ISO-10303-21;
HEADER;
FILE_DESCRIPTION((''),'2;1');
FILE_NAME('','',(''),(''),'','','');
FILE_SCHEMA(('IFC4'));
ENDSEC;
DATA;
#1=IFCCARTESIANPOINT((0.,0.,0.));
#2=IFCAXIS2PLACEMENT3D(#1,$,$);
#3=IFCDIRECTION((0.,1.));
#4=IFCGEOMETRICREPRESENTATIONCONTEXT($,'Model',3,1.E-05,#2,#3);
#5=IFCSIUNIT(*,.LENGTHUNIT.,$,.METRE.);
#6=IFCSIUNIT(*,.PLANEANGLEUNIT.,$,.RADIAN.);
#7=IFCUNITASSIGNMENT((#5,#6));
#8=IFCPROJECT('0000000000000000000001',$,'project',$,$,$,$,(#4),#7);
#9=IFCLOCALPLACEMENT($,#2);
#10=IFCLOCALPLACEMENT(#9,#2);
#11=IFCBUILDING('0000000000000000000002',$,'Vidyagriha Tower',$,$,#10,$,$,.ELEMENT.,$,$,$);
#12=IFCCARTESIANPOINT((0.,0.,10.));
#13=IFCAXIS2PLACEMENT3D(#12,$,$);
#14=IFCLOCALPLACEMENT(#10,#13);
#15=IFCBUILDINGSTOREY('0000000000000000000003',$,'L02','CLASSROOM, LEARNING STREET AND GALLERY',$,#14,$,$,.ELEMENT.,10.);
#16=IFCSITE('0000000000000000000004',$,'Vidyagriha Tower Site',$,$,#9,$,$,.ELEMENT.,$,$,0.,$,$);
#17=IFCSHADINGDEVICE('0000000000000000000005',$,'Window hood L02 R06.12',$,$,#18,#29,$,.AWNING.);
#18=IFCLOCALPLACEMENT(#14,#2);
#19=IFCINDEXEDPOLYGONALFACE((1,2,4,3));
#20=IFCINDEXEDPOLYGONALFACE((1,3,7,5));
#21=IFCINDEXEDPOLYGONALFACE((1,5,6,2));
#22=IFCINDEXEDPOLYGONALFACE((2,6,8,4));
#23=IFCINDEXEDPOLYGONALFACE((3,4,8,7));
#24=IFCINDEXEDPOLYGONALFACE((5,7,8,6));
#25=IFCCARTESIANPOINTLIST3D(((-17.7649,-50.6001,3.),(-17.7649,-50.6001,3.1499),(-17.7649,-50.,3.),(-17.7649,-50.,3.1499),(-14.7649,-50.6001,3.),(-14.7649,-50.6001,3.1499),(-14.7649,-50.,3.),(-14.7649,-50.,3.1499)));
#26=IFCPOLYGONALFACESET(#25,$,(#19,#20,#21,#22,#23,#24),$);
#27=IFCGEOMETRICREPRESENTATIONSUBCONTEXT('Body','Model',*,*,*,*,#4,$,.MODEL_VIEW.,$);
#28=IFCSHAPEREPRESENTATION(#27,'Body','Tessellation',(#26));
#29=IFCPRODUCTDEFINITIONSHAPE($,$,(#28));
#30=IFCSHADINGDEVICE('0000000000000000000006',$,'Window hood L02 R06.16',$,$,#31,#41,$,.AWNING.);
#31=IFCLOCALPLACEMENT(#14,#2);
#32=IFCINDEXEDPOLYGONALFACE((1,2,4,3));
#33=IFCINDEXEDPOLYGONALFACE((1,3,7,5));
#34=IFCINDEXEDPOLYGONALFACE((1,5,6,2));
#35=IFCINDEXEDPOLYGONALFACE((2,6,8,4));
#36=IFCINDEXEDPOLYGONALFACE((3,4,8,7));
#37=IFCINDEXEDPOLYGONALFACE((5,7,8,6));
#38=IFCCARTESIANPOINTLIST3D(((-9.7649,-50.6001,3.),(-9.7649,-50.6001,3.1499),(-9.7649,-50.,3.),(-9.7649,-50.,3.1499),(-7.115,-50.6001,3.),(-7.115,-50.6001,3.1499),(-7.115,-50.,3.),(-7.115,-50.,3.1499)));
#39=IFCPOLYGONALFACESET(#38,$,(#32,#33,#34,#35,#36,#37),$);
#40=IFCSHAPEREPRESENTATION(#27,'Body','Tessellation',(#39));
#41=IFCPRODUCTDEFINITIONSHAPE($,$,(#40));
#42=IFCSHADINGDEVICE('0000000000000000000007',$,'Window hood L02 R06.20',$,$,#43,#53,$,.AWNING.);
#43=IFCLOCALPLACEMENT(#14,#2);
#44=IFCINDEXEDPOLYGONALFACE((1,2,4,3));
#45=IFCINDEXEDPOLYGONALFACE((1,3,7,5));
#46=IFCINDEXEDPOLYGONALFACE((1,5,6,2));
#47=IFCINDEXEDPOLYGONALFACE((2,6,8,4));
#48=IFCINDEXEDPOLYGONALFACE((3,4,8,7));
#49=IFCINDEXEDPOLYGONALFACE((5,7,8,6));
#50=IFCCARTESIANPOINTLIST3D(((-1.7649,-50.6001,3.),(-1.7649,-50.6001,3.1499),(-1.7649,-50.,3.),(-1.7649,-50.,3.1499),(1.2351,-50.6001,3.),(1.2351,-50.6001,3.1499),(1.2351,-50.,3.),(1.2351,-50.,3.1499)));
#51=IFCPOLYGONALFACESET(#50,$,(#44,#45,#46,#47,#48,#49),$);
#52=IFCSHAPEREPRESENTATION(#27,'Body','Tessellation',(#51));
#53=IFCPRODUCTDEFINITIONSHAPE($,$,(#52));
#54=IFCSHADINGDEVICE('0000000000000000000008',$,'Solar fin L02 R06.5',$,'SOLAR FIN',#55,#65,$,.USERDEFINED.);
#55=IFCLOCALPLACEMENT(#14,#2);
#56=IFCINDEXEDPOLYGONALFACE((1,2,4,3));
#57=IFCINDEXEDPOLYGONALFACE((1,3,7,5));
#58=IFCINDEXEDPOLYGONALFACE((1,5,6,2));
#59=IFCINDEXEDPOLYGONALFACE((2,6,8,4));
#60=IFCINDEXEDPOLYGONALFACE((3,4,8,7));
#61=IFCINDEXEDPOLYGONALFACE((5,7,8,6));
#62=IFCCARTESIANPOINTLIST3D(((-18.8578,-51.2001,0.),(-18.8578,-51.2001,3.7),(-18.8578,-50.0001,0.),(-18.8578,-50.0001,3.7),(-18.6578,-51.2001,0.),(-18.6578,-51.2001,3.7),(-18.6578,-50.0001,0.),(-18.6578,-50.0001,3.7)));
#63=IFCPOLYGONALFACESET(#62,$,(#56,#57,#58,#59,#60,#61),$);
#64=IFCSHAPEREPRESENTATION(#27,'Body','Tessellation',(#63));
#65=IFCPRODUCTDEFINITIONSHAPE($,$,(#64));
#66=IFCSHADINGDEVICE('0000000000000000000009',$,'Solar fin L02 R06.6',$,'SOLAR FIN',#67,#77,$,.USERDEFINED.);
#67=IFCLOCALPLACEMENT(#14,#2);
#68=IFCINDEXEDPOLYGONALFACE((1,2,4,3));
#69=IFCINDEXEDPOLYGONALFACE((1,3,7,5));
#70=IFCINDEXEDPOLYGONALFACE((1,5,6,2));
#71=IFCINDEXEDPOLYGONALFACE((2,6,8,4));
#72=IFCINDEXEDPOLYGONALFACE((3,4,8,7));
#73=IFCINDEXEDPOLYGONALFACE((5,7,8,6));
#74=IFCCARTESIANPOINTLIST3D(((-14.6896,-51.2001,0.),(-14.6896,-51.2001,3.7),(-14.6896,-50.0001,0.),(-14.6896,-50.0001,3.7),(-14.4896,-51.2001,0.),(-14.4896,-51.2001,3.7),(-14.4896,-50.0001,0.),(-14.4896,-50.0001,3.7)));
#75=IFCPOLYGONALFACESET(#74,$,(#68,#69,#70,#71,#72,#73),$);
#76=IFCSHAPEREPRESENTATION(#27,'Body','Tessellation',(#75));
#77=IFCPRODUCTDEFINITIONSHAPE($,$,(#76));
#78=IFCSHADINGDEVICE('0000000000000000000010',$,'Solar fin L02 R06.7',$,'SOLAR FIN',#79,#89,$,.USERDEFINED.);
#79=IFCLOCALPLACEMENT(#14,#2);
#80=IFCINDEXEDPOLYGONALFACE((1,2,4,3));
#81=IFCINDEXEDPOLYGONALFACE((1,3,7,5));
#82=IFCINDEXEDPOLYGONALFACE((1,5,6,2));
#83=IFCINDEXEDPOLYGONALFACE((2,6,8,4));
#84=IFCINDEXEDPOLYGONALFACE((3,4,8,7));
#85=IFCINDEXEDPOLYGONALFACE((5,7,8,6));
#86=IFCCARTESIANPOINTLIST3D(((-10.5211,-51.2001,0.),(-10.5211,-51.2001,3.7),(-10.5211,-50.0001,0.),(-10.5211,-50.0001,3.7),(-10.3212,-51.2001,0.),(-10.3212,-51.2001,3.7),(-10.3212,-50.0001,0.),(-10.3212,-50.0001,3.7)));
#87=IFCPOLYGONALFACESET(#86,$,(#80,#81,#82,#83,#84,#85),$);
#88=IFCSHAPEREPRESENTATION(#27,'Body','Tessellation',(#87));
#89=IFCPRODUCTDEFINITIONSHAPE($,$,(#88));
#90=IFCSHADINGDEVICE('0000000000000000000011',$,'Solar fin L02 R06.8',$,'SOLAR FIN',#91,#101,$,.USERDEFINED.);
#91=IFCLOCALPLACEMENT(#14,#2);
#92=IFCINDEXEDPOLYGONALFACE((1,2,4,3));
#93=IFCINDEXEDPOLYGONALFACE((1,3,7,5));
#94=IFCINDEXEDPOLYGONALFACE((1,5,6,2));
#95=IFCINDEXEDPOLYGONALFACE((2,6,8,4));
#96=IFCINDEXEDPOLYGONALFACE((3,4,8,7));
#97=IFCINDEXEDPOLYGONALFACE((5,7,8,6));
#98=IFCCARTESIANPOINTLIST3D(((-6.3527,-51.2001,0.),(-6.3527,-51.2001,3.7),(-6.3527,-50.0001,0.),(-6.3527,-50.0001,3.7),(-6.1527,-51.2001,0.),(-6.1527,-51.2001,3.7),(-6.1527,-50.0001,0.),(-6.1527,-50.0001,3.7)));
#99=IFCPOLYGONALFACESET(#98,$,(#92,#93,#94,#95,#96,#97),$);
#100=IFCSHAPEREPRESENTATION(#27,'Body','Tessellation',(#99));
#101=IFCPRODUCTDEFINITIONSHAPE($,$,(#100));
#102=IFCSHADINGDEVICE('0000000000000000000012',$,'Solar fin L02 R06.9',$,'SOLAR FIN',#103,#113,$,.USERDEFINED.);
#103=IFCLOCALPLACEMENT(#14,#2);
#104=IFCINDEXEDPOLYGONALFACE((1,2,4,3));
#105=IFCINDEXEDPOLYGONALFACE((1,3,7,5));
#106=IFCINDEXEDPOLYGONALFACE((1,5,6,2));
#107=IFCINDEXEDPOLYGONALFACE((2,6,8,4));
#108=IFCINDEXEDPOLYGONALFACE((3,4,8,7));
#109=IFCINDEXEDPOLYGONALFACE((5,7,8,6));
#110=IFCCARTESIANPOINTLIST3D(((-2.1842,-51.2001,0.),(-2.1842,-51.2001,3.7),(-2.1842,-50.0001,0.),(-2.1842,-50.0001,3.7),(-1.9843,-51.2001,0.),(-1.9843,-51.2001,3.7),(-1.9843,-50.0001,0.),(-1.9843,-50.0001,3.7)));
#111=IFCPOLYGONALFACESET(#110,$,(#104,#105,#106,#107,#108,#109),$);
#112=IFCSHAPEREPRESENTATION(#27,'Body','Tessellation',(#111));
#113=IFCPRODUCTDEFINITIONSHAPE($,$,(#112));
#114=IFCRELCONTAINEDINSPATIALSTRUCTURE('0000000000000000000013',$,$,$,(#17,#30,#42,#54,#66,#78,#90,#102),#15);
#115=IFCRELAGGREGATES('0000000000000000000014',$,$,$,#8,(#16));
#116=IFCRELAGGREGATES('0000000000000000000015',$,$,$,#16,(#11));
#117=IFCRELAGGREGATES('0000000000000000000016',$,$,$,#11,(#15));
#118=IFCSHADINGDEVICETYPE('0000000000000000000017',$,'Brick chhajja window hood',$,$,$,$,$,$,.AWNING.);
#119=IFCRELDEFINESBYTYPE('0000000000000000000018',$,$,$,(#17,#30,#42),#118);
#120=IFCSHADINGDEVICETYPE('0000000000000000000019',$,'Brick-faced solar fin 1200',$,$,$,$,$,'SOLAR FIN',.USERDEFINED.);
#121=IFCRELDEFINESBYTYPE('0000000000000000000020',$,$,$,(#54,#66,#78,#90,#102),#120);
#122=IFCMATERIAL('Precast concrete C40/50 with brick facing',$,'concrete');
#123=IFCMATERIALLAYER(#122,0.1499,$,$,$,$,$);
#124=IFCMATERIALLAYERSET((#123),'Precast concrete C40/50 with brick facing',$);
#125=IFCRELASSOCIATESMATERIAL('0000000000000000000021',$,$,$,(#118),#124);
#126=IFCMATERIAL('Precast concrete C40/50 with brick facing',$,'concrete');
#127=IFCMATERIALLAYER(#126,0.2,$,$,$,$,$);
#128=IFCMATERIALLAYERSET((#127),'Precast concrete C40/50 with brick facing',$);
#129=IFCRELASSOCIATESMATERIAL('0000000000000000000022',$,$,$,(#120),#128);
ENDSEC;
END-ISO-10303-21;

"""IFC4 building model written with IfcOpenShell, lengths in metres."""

from ifc_helpers import new_model, si_unit, direction, frame, frame_2d, origin, origin_2d, place, context, subcontext, project, spatial, rectangle, extrude, material, layer, layer_set, type_object, element, save


model = new_model("IFC4")

# Units and contexts
model_context = context("Model", 3, precision=1e-05, world=origin(), true_north=direction((0.0, 1.0)))
body_context = subcontext(model_context, "Body", "Model", "MODEL_VIEW")
ifc_project = project(units=[si_unit("LENGTHUNIT", "METRE"), si_unit("PLANEANGLEUNIT", "RADIAN")], contexts=[model_context])

# Site, building, storey
site_placement = place(None, origin())
site = spatial("IfcSite", under=ifc_project, at=site_placement, Name="Vidyagriha Tower Site", CompositionType="ELEMENT", RefElevation=0.0)
building_placement = place(site_placement, origin())
building = spatial("IfcBuilding", under=site, at=building_placement, Name="Vidyagriha Tower", CompositionType="ELEMENT")
storey_placement = place(building_placement, frame((0.0, 0.0, 10.0)))
storey = spatial("IfcBuildingStorey", under=building, at=storey_placement, Name="L02", Description="CLASSROOM, LEARNING STREET AND GALLERY", CompositionType="ELEMENT", Elevation=10.0)

# Shading devices
ifc_material_1 = material(Name="Precast concrete C40/50 with brick facing", Category="concrete")
ifc_layer_1 = layer(ifc_material_1, 0.1499)
ifc_layer_set_1 = layer_set([ifc_layer_1], Name="Precast concrete C40/50 with brick facing")
shading_device_type_1 = type_object("IfcShadingDeviceType", Name="Brick chhajja window hood", PredefinedType="AWNING", material=ifc_layer_set_1)
for number, where, name in (
    (1, (-16.2649, -50.3, 3.0), "Window hood L02 R06.12"),
):
    element("IfcShadingDevice", number, at=place(storey_placement, frame(where)), inside=storey, type_object=shading_device_type_1, Name=name, PredefinedType="AWNING", context=body_context, shape_type="SweptSolid", body=[
        extrude(rectangle(XDim=3.0, YDim=0.6001, at=origin_2d()), origin(), (0.0, 0.0, 1.0), 0.1499),
    ])
shading_device_1_placement = place(storey_placement, frame((-8.4399, -50.3, 3.0)))
element("IfcShadingDevice", 2, at=shading_device_1_placement, inside=storey, type_object=shading_device_type_1, Name="Window hood L02 R06.16", PredefinedType="AWNING", context=body_context, shape_type="SweptSolid", body=[
    extrude(rectangle(XDim=2.6499, YDim=0.6001, at=origin_2d()), origin(), (0.0, 0.0, 1.0), 0.1499),
])
shading_device_2_placement = place(storey_placement, frame((-0.2649, -50.3, 3.0)))
element("IfcShadingDevice", 3, at=shading_device_2_placement, inside=storey, type_object=shading_device_type_1, Name="Window hood L02 R06.20", PredefinedType="AWNING", context=body_context, shape_type="SweptSolid", body=[
    extrude(rectangle(XDim=3.0, YDim=0.6001, at=origin_2d()), origin(), (0.0, 0.0, 1.0), 0.1499),
])
ifc_material_2 = material(Name="Precast concrete C40/50 with brick facing", Category="concrete")
ifc_layer_2 = layer(ifc_material_2, 0.2)
ifc_layer_set_2 = layer_set([ifc_layer_2], Name="Precast concrete C40/50 with brick facing")
shading_device_type_2 = type_object("IfcShadingDeviceType", Name="Brick-faced solar fin 1200", ElementType="SOLAR FIN", PredefinedType="USERDEFINED", material=ifc_layer_set_2)
for number, where, z_axis, x_axis, name in (
    (4, (-18.7578, -50.0, 0.0), (0.0, 0.0, 1.0), (0.0, -1.0, 0.0), "Solar fin L02 R06.5"),
    (5, (-14.5896, -50.0, 0.0), (0.0, 0.0, 1.0), (0.0, -1.0, 0.0), "Solar fin L02 R06.6"),
    (6, (-10.4211, -50.0, 0.0), (0.0, 0.0, 1.0), (0.0, -1.0, 0.0), "Solar fin L02 R06.7"),
    (7, (-6.2527, -50.0, 0.0), (0.0, 0.0, 1.0), (0.0, -1.0, 0.0), "Solar fin L02 R06.8"),
    (8, (-2.0842, -50.0, 0.0), (0.0, 0.0, 1.0), (0.0, -1.0, 0.0), "Solar fin L02 R06.9"),
):
    element("IfcShadingDevice", number, at=place(storey_placement, frame(where, z_axis=z_axis, x_axis=x_axis)), inside=storey, type_object=shading_device_type_2, Name=name, ObjectType="SOLAR FIN", PredefinedType="USERDEFINED", context=body_context, shape_type="SweptSolid", body=[
        extrude(rectangle(XDim=1.2, YDim=0.2, at=frame_2d((0.6001, 0.0))), origin(), (0.0, 0.0, 1.0), 3.7),
    ])

save(model, "model.ifc")
